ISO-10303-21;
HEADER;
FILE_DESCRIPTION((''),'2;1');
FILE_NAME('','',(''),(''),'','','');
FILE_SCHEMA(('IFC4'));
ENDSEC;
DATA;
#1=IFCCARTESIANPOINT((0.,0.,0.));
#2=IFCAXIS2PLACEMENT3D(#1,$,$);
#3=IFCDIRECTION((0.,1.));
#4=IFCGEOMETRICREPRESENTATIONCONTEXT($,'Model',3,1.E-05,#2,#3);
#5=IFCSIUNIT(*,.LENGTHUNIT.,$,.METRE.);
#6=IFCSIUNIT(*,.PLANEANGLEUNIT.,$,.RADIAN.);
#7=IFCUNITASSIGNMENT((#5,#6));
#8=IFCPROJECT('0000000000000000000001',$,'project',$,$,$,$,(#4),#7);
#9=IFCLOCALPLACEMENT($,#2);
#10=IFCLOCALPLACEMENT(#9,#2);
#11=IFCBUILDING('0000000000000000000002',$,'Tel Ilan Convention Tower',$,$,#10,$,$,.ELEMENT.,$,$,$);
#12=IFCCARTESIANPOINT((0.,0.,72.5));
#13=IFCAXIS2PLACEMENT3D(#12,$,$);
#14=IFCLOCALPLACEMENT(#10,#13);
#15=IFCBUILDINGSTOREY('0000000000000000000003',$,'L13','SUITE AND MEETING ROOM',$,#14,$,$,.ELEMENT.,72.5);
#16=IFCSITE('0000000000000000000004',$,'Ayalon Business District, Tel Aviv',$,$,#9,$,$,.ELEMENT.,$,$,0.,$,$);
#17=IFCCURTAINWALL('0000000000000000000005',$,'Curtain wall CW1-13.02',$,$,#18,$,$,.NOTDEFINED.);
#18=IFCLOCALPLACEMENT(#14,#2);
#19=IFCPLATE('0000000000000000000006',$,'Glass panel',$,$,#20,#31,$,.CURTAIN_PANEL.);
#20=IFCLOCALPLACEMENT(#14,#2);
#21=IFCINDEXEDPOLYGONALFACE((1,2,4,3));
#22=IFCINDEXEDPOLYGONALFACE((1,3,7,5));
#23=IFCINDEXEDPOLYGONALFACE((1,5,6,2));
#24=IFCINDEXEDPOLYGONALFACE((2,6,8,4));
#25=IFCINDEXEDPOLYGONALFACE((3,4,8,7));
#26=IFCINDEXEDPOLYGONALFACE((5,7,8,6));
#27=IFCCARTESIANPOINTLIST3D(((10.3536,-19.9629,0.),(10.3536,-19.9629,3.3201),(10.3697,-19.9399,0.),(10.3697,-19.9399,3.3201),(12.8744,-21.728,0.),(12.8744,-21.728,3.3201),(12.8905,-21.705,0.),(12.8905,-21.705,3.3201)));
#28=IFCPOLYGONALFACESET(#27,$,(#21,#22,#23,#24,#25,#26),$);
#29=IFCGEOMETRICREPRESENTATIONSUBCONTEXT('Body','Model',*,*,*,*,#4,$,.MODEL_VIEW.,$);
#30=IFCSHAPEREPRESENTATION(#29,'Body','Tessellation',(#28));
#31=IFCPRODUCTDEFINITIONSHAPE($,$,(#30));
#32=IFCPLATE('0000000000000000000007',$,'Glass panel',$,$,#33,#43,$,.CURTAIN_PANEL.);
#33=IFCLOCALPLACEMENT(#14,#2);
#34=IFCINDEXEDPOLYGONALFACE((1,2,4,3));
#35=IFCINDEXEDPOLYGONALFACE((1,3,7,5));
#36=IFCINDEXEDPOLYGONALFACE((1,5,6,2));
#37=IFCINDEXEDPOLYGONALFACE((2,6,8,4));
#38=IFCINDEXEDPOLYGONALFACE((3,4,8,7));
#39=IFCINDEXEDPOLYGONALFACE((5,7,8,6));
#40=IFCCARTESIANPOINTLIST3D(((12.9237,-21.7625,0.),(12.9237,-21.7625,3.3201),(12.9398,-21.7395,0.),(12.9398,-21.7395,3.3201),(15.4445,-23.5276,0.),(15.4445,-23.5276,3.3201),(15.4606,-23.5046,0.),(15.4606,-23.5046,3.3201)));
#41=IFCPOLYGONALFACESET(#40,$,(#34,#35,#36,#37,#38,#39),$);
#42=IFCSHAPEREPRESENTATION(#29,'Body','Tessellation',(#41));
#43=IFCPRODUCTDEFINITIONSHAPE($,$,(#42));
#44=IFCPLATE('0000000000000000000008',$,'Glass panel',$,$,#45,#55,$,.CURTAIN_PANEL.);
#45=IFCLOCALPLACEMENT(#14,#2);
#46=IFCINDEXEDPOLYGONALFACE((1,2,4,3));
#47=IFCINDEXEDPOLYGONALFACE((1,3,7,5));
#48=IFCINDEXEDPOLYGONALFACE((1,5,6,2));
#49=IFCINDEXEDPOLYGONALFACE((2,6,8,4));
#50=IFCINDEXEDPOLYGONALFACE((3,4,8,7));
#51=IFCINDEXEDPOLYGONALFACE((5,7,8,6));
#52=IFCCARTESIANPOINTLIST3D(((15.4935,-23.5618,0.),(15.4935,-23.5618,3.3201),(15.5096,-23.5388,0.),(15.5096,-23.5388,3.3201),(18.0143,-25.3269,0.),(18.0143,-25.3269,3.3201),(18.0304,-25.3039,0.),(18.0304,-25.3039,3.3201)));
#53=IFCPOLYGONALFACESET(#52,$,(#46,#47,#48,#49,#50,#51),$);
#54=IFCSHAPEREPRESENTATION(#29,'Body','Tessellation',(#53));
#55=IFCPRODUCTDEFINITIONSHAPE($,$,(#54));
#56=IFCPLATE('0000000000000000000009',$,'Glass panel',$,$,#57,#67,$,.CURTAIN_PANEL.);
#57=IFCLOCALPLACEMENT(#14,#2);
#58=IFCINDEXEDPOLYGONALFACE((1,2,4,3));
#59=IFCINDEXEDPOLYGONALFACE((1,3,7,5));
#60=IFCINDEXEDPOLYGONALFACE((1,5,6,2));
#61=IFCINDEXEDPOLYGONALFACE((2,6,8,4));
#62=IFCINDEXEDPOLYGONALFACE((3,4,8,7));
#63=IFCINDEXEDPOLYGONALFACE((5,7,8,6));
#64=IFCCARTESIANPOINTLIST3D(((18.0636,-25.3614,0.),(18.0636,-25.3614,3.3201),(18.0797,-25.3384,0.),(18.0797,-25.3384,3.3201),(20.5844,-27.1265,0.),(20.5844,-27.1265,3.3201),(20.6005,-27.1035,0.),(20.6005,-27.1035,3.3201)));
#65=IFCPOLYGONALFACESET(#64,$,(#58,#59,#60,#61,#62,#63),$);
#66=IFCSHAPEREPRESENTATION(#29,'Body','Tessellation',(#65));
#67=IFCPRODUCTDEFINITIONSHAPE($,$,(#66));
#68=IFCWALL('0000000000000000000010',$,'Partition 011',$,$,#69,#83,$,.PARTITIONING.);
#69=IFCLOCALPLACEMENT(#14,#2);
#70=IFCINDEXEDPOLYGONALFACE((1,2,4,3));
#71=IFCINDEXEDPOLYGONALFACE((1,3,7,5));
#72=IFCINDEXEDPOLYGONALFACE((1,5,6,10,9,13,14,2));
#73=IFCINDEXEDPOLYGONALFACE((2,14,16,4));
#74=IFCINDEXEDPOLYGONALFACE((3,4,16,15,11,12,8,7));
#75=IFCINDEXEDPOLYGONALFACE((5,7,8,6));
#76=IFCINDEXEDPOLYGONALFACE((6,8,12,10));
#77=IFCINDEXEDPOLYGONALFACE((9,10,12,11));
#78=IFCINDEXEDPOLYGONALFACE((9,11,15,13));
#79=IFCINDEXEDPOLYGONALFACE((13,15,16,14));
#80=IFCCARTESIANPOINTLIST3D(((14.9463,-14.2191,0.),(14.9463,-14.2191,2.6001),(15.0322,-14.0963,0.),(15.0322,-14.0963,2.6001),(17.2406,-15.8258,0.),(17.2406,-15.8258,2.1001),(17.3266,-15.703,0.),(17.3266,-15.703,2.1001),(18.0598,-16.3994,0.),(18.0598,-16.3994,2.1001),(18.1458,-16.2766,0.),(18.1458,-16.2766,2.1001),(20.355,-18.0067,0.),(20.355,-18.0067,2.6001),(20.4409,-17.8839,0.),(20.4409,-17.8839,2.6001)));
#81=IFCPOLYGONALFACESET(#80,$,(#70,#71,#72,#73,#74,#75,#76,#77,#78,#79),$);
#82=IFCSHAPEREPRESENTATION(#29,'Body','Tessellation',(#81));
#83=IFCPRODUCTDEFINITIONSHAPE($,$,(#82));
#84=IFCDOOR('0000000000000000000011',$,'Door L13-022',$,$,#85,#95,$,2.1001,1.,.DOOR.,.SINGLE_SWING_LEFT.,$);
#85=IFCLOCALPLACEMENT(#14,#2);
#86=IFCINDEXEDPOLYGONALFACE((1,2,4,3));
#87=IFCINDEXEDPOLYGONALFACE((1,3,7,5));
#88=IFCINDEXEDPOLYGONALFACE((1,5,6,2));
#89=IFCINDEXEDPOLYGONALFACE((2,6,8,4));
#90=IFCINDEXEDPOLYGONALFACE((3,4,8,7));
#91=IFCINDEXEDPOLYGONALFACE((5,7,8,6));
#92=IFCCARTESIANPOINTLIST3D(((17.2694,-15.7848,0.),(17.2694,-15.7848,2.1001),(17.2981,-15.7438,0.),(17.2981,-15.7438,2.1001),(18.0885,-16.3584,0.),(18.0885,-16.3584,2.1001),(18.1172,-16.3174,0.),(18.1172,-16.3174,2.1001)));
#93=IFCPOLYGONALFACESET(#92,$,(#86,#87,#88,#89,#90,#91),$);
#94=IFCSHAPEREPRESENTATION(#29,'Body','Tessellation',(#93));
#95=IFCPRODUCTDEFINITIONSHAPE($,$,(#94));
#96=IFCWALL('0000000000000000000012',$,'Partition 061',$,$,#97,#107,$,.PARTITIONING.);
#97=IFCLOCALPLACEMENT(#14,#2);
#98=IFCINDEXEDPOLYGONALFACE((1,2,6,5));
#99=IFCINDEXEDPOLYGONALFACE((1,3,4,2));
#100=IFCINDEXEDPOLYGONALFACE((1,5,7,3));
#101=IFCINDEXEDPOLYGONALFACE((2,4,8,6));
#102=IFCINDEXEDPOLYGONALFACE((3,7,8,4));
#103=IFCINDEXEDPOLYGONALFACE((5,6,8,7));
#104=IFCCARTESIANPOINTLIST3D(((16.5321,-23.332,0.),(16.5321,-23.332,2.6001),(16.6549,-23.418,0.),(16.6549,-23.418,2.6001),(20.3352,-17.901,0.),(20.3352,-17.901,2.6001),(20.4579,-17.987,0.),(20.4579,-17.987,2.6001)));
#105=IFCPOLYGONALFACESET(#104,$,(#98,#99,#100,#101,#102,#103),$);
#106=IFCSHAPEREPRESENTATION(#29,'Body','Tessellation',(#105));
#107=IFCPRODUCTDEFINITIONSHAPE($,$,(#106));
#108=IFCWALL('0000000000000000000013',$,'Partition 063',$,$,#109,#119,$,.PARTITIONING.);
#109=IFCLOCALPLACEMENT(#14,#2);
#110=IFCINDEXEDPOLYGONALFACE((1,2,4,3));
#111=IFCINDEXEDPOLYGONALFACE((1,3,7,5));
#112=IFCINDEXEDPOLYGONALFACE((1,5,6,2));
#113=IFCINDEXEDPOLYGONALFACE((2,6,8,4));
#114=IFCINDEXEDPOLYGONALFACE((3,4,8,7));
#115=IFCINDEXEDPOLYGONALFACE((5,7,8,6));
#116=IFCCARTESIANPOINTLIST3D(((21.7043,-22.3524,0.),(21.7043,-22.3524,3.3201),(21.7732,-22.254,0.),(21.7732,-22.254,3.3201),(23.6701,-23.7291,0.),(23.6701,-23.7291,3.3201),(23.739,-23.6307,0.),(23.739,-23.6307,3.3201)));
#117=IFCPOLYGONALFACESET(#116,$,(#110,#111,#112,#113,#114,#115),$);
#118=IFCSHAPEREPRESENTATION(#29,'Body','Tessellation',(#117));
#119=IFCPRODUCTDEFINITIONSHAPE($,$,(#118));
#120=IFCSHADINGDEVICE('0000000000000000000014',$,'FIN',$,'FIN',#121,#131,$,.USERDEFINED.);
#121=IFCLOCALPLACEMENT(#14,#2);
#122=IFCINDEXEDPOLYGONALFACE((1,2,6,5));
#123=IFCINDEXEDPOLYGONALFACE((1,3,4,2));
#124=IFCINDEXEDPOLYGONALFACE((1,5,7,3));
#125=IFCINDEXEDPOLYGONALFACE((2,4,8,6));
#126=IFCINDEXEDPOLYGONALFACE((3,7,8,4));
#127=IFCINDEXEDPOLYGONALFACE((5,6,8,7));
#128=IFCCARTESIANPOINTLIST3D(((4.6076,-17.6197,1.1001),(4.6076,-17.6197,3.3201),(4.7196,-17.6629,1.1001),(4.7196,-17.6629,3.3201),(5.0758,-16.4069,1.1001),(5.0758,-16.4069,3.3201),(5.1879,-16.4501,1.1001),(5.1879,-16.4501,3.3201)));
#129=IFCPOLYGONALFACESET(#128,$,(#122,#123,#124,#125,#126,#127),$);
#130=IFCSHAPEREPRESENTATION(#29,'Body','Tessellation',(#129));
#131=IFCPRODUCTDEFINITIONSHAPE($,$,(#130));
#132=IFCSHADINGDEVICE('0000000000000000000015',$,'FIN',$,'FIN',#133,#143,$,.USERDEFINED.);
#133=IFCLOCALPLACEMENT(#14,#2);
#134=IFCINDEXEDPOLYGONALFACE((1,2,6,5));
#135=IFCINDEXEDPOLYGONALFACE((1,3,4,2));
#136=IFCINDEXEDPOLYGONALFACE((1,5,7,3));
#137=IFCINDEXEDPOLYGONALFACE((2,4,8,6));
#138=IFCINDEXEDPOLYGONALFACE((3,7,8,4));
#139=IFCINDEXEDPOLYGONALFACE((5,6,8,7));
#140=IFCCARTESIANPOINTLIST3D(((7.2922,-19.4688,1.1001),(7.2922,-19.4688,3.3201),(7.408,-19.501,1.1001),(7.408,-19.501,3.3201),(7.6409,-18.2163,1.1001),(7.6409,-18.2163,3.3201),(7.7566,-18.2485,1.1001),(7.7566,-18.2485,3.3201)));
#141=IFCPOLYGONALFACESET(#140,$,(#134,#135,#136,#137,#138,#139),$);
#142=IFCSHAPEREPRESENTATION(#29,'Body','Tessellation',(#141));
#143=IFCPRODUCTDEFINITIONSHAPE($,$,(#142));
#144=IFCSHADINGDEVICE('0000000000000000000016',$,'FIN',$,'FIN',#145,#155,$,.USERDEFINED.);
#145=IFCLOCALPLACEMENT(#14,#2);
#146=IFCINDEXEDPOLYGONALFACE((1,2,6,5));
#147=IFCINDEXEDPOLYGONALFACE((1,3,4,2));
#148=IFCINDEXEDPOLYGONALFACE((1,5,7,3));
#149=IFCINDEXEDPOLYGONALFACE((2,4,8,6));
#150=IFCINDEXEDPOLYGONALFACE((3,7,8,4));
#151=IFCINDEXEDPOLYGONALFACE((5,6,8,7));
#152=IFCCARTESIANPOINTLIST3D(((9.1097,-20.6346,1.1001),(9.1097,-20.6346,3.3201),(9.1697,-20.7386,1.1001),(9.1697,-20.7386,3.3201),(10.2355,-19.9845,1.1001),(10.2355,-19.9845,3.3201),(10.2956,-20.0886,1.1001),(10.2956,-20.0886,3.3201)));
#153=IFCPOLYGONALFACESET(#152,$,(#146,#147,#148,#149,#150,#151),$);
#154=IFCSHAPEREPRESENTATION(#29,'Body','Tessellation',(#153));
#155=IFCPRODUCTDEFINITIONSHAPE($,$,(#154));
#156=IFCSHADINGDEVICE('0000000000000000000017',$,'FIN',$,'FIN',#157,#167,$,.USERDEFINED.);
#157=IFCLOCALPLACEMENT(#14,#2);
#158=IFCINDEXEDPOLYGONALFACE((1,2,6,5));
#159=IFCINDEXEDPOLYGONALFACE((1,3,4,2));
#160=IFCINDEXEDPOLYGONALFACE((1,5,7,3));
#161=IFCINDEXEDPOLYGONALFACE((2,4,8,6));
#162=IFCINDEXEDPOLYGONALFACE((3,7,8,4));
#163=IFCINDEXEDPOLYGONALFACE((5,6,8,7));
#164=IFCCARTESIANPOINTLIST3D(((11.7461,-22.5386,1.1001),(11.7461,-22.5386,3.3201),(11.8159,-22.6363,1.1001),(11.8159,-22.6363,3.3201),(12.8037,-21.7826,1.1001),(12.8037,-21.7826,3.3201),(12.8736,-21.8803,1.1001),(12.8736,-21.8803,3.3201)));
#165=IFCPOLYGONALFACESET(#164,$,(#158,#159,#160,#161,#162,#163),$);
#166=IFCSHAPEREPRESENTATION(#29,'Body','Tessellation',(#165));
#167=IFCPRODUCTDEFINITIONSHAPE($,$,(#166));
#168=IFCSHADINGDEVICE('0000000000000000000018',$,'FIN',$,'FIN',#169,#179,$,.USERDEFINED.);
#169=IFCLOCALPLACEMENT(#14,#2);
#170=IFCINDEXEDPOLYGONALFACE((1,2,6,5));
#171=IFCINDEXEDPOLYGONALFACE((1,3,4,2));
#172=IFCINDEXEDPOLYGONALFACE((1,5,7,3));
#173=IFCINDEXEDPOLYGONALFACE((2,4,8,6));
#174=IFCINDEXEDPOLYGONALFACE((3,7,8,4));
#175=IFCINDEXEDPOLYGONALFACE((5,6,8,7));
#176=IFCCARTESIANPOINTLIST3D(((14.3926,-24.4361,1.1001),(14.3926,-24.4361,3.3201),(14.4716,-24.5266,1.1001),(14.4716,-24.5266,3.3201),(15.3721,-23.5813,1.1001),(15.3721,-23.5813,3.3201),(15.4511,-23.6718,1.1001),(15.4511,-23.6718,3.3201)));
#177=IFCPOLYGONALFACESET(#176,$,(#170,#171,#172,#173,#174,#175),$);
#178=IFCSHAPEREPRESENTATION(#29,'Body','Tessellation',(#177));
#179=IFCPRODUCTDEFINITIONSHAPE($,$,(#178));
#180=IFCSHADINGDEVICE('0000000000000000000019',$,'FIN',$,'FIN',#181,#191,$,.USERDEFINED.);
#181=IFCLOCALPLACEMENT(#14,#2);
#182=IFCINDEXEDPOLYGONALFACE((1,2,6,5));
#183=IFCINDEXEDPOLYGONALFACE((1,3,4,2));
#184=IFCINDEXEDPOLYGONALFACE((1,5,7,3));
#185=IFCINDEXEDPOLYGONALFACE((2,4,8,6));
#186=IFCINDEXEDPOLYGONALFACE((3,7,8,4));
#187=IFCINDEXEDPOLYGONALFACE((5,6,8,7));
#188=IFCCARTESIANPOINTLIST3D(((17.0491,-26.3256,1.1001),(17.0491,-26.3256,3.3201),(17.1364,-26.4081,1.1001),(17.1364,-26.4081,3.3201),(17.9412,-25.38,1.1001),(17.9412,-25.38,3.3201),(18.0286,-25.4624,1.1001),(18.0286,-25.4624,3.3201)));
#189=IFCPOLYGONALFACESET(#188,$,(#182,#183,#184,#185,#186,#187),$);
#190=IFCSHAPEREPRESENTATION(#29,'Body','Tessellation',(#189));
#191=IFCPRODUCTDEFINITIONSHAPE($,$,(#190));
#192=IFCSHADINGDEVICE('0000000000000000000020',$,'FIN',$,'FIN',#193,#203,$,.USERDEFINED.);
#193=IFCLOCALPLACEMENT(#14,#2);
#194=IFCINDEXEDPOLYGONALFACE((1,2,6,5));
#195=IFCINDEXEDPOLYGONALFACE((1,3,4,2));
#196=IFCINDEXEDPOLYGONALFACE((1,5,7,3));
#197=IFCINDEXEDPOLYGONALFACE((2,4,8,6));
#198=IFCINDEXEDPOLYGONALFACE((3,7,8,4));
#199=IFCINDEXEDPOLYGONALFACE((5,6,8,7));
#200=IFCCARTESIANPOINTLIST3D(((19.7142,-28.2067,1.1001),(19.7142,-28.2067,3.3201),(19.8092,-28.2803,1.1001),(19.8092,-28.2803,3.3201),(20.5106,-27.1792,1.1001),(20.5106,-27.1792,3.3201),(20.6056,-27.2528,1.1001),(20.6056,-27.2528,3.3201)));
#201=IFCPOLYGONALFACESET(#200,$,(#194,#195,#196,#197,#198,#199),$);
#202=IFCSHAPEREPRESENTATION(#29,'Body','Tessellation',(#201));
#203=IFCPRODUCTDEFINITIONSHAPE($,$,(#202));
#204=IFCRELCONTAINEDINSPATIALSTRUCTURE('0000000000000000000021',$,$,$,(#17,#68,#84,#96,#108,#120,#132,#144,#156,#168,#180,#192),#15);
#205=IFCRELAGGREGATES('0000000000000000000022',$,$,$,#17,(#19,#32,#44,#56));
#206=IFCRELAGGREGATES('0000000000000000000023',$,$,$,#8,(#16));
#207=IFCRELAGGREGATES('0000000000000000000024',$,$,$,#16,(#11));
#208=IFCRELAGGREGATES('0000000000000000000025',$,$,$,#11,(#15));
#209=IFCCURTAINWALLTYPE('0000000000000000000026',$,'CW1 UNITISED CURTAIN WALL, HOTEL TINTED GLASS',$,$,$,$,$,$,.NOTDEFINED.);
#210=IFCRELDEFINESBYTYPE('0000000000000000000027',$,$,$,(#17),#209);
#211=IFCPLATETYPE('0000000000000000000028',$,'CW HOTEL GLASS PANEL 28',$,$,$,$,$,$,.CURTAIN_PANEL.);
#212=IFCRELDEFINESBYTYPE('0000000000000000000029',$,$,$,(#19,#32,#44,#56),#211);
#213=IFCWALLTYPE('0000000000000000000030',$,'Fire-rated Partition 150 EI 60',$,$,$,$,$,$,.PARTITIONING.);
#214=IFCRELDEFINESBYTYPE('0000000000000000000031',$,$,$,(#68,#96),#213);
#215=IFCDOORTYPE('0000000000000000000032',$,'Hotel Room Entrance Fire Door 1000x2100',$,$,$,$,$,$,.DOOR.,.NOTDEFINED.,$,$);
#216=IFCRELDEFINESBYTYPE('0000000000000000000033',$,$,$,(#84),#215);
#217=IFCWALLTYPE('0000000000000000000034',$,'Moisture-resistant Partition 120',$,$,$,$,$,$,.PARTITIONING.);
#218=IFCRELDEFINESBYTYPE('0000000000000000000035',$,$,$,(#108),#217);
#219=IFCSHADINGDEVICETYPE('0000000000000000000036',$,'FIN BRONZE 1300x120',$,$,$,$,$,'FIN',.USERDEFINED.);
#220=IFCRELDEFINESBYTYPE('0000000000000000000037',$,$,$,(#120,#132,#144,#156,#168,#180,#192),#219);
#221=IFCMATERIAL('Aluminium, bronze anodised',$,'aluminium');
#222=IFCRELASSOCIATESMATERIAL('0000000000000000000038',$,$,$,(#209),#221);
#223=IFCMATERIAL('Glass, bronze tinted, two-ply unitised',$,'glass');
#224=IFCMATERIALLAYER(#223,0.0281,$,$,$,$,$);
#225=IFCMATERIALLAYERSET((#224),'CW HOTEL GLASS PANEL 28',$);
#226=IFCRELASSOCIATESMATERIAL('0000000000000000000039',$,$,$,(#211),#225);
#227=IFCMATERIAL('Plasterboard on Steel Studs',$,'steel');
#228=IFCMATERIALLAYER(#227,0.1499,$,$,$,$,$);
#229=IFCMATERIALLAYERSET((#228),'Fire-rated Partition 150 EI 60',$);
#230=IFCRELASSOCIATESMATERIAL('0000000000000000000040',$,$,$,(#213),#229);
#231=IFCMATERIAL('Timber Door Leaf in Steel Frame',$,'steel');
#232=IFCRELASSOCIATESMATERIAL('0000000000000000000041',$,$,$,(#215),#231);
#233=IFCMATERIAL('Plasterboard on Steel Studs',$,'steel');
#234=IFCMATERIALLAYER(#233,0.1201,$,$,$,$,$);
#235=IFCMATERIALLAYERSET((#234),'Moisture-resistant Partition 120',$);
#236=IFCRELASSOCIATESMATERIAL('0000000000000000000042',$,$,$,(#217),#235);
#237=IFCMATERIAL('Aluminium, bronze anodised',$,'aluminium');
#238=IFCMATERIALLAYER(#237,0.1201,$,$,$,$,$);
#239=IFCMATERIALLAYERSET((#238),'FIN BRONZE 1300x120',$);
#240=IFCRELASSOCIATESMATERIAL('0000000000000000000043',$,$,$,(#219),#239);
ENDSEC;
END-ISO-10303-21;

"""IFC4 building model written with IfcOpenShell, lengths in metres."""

from ifc_helpers import new_model, si_unit, direction, frame, frame_2d, origin, origin_2d, place, context, subcontext, project, spatial, rectangle, extrude, material, layer, layer_set, type_object, element, fill, aggregate, save


model = new_model("IFC4")

# Units and contexts
model_context = context("Model", 3, precision=1e-05, world=origin(), true_north=direction((0.0, 1.0)))
body_context = subcontext(model_context, "Body", "Model", "MODEL_VIEW")
ifc_project = project(units=[si_unit("LENGTHUNIT", "METRE"), si_unit("PLANEANGLEUNIT", "RADIAN")], contexts=[model_context])

# Site, building, storey
site_placement = place(None, origin())
site = spatial("IfcSite", under=ifc_project, at=site_placement, Name="Ayalon Business District, Tel Aviv", CompositionType="ELEMENT", RefElevation=0.0)
building_placement = place(site_placement, origin())
building = spatial("IfcBuilding", under=site, at=building_placement, Name="Tel Ilan Convention Tower", CompositionType="ELEMENT")
storey_placement = place(building_placement, frame((0.0, 0.0, 72.5)))
storey = spatial("IfcBuildingStorey", under=building, at=storey_placement, Name="L13", Description="SUITE AND MEETING ROOM", CompositionType="ELEMENT", Elevation=72.5)

# Curtain wall, plates
ifc_material_1 = material(Name="Aluminium, bronze anodised", Category="aluminium")
curtain_wall_type = type_object("IfcCurtainWallType", Name="CW1 UNITISED CURTAIN WALL, HOTEL TINTED GLASS", PredefinedType="NOTDEFINED", material=ifc_material_1)
curtain_wall_placement = place(storey_placement, origin())
curtain_wall = element("IfcCurtainWall", 1, at=curtain_wall_placement, inside=storey, type_object=curtain_wall_type, Name="Curtain wall CW1-13.02", PredefinedType="NOTDEFINED")
ifc_material_2 = material(Name="Glass, bronze tinted, two-ply unitised", Category="glass")
ifc_layer_1 = layer(ifc_material_2, 0.0281)
ifc_layer_set_1 = layer_set([ifc_layer_1], Name="CW HOTEL GLASS PANEL 28")
plate_type = type_object("IfcPlateType", Name="CW HOTEL GLASS PANEL 28", PredefinedType="CURTAIN_PANEL", material=ifc_layer_set_1)
plate_1_placement = place(storey_placement, frame((11.6221, -20.834, 0.0), z_axis=(0.0, 0.0, 1.0), x_axis=(0.819152, -0.573576, 0.0)))
plate_1 = element("IfcPlate", 2, at=plate_1_placement, type_object=plate_type, Name="Glass panel", PredefinedType="CURTAIN_PANEL", context=body_context, shape_type="SweptSolid", body=[
    extrude(rectangle(XDim=3.0774, YDim=0.0281, at=origin_2d()), origin(), (0.0, 0.0, 1.0), 3.3201),
])
plate_2_placement = place(storey_placement, frame((14.1921, -22.6335, 0.0), z_axis=(0.0, 0.0, 1.0), x_axis=(0.819152, -0.573576, 0.0)))
plate_2 = element("IfcPlate", 3, at=plate_2_placement, type_object=plate_type, Name="Glass panel", PredefinedType="CURTAIN_PANEL", context=body_context, shape_type="SweptSolid", body=[
    extrude(rectangle(XDim=3.0774, YDim=0.0281, at=origin_2d()), origin(), (0.0, 0.0, 1.0), 3.3201),
])
plate_3_placement = place(storey_placement, frame((16.762, -24.4329, 0.0), z_axis=(0.0, 0.0, 1.0), x_axis=(0.819152, -0.573576, 0.0)))
plate_3 = element("IfcPlate", 4, at=plate_3_placement, type_object=plate_type, Name="Glass panel", PredefinedType="CURTAIN_PANEL", context=body_context, shape_type="SweptSolid", body=[
    extrude(rectangle(XDim=3.0774, YDim=0.0281, at=origin_2d()), origin(), (0.0, 0.0, 1.0), 3.3201),
])
plate_4_placement = place(storey_placement, frame((19.332, -26.2324, 0.0), z_axis=(0.0, 0.0, 1.0), x_axis=(0.819152, -0.573576, 0.0)))
plate_4 = element("IfcPlate", 5, at=plate_4_placement, type_object=plate_type, Name="Glass panel", PredefinedType="CURTAIN_PANEL", context=body_context, shape_type="SweptSolid", body=[
    extrude(rectangle(XDim=3.0774, YDim=0.0281, at=origin_2d()), origin(), (0.0, 0.0, 1.0), 3.3201),
])
aggregate(curtain_wall, [plate_1, plate_2, plate_3, plate_4])

# Wall, opening, door
ifc_material_3 = material(Name="Plasterboard on Steel Studs", Category="steel")
ifc_layer_2 = layer(ifc_material_3, 0.1499)
ifc_layer_set_2 = layer_set([ifc_layer_2], Name="Fire-rated Partition 150 EI 60")
wall_type_1 = type_object("IfcWallType", Name="Fire-rated Partition 150 EI 60", PredefinedType="PARTITIONING", material=ifc_layer_set_2)
wall_1_placement = place(storey_placement, frame((20.3979, -17.9453, 0.0), z_axis=(0.0, 0.0, 1.0), x_axis=(-0.819124, 0.573616, 0.0)))
wall_1 = element("IfcWall", 6, at=wall_1_placement, inside=storey, type_object=wall_type_1, Name="Partition 011", PredefinedType="PARTITIONING", context=body_context, shape_type="SweptSolid", body=[
    extrude(rectangle(XDim=6.603, YDim=0.1499, at=frame_2d((3.3015, 0.0))), origin(), (0.0, 0.0, 1.0), 2.6001),
])
opening_placement = place(wall_1_placement, frame((2.802, 0.0, 0.0)))
opening = element("IfcOpeningElement", 7, at=opening_placement, cuts=wall_1, PredefinedType="OPENING", context=body_context, shape_type="SweptSolid", body=[
    extrude(rectangle(XDim=1.0, YDim=2.1001, at=frame_2d((0.5, 1.05))), frame((0.0, 0.085, 0.0), z_axis=(0.0, -1.0, 0.0), x_axis=(1.0, 0.0, 0.0)), (0.0, 0.0, 1.0), 0.1699),
])
ifc_material_4 = material(Name="Timber Door Leaf in Steel Frame", Category="steel")
door_type = type_object("IfcDoorType", Name="Hotel Room Entrance Fire Door 1000x2100", OperationType="NOTDEFINED", PredefinedType="DOOR", material=ifc_material_4)
door_placement = place(opening_placement, origin())
door = element("IfcDoor", 8, at=door_placement, inside=storey, type_object=door_type, Name="Door L13-022", OperationType="SINGLE_SWING_LEFT", OverallHeight=2.1001, OverallWidth=1.0, PredefinedType="DOOR", context=body_context, shape_type="SweptSolid", body=[
    extrude(rectangle(XDim=1.0, YDim=2.1001, at=frame_2d((0.5, 1.05))), frame((0.0, 0.0249, 0.0), z_axis=(0.0, -1.0, 0.0), x_axis=(1.0, 0.0, 0.0)), (0.0, 0.0, 1.0), 0.05),
])
fill(opening, door)

# Walls
wall_2_placement = place(storey_placement, frame((20.3965, -17.9441, 0.0), z_axis=(0.0, 0.0, 1.0), x_axis=(-0.573598, -0.819137, 0.0)))
element("IfcWall", 9, at=wall_2_placement, inside=storey, type_object=wall_type_1, Name="Partition 061", PredefinedType="PARTITIONING", context=body_context, shape_type="SweptSolid", body=[
    extrude(rectangle(XDim=6.6301, YDim=0.1499, at=frame_2d((3.3149, 0.0))), origin(), (0.0, 0.0, 1.0), 2.6001),
])
ifc_material_5 = material(Name="Plasterboard on Steel Studs", Category="steel")
ifc_layer_3 = layer(ifc_material_5, 0.1201)
ifc_layer_set_3 = layer_set([ifc_layer_3], Name="Moisture-resistant Partition 120")
wall_type_2 = type_object("IfcWallType", Name="Moisture-resistant Partition 120", PredefinedType="PARTITIONING", material=ifc_layer_set_3)
wall_3_placement = place(storey_placement, frame((21.7388, -22.3032, 0.0), z_axis=(0.0, 0.0, 1.0), x_axis=(0.819108, -0.57364, 0.0)))
element("IfcWall", 10, at=wall_3_placement, inside=storey, type_object=wall_type_2, Name="Partition 063", PredefinedType="PARTITIONING", context=body_context, shape_type="SweptSolid", body=[
    extrude(rectangle(XDim=2.3999, YDim=0.1201, at=frame_2d((1.2, 0.0))), origin(), (0.0, 0.0, 1.0), 3.3201),
])

# Shading devices
ifc_material_6 = material(Name="Aluminium, bronze anodised", Category="aluminium")
ifc_layer_4 = layer(ifc_material_6, 0.1201)
ifc_layer_set_4 = layer_set([ifc_layer_4], Name="FIN BRONZE 1300x120")
shading_device_type = type_object("IfcShadingDeviceType", Name="FIN BRONZE 1300x120", ElementType="FIN", PredefinedType="USERDEFINED", material=ifc_layer_set_4)
for number, where, z_axis, x_axis, name in (
    (11, (4.8977, -17.0349, 1.1001), (0.0, 0.0, 1.0), (-0.360178, -0.932884, 0.0), "FIN"),
    (12, (7.5244, -18.8586, 1.1001), (0.0, 0.0, 1.0), (-0.268173, -0.963371, 0.0), "FIN"),
    (13, (9.7026, -20.3616, 1.1001), (0.0, 0.0, 1.0), (-0.866025, -0.5, 0.0), "FIN"),
    (14, (12.3098, -22.2095, 1.1001), (0.0, 0.0, 1.0), (-0.813552, -0.581492, 0.0), "FIN"),
    (15, (14.9219, -24.054, 1.1001), (0.0, 0.0, 1.0), (-0.753436, -0.657521, 0.0), "FIN"),
    (16, (17.5388, -25.894, 1.1001), (0.0, 0.0, 1.0), (-0.686242, -0.727374, 0.0), "FIN"),
    (17, (20.1599, -27.7297, 1.1001), (0.0, 0.0, 1.0), (-0.612601, -0.790393, 0.0), "FIN"),
):
    element("IfcShadingDevice", number, at=place(storey_placement, frame(where, z_axis=z_axis, x_axis=x_axis)), inside=storey, type_object=shading_device_type, Name=name, ObjectType="FIN", PredefinedType="USERDEFINED", context=body_context, shape_type="SweptSolid", body=[
        extrude(rectangle(XDim=1.3, YDim=0.1201, at=origin_2d()), origin(), (0.0, 0.0, 1.0), 2.22),
    ])

save(model, "model.ifc")
